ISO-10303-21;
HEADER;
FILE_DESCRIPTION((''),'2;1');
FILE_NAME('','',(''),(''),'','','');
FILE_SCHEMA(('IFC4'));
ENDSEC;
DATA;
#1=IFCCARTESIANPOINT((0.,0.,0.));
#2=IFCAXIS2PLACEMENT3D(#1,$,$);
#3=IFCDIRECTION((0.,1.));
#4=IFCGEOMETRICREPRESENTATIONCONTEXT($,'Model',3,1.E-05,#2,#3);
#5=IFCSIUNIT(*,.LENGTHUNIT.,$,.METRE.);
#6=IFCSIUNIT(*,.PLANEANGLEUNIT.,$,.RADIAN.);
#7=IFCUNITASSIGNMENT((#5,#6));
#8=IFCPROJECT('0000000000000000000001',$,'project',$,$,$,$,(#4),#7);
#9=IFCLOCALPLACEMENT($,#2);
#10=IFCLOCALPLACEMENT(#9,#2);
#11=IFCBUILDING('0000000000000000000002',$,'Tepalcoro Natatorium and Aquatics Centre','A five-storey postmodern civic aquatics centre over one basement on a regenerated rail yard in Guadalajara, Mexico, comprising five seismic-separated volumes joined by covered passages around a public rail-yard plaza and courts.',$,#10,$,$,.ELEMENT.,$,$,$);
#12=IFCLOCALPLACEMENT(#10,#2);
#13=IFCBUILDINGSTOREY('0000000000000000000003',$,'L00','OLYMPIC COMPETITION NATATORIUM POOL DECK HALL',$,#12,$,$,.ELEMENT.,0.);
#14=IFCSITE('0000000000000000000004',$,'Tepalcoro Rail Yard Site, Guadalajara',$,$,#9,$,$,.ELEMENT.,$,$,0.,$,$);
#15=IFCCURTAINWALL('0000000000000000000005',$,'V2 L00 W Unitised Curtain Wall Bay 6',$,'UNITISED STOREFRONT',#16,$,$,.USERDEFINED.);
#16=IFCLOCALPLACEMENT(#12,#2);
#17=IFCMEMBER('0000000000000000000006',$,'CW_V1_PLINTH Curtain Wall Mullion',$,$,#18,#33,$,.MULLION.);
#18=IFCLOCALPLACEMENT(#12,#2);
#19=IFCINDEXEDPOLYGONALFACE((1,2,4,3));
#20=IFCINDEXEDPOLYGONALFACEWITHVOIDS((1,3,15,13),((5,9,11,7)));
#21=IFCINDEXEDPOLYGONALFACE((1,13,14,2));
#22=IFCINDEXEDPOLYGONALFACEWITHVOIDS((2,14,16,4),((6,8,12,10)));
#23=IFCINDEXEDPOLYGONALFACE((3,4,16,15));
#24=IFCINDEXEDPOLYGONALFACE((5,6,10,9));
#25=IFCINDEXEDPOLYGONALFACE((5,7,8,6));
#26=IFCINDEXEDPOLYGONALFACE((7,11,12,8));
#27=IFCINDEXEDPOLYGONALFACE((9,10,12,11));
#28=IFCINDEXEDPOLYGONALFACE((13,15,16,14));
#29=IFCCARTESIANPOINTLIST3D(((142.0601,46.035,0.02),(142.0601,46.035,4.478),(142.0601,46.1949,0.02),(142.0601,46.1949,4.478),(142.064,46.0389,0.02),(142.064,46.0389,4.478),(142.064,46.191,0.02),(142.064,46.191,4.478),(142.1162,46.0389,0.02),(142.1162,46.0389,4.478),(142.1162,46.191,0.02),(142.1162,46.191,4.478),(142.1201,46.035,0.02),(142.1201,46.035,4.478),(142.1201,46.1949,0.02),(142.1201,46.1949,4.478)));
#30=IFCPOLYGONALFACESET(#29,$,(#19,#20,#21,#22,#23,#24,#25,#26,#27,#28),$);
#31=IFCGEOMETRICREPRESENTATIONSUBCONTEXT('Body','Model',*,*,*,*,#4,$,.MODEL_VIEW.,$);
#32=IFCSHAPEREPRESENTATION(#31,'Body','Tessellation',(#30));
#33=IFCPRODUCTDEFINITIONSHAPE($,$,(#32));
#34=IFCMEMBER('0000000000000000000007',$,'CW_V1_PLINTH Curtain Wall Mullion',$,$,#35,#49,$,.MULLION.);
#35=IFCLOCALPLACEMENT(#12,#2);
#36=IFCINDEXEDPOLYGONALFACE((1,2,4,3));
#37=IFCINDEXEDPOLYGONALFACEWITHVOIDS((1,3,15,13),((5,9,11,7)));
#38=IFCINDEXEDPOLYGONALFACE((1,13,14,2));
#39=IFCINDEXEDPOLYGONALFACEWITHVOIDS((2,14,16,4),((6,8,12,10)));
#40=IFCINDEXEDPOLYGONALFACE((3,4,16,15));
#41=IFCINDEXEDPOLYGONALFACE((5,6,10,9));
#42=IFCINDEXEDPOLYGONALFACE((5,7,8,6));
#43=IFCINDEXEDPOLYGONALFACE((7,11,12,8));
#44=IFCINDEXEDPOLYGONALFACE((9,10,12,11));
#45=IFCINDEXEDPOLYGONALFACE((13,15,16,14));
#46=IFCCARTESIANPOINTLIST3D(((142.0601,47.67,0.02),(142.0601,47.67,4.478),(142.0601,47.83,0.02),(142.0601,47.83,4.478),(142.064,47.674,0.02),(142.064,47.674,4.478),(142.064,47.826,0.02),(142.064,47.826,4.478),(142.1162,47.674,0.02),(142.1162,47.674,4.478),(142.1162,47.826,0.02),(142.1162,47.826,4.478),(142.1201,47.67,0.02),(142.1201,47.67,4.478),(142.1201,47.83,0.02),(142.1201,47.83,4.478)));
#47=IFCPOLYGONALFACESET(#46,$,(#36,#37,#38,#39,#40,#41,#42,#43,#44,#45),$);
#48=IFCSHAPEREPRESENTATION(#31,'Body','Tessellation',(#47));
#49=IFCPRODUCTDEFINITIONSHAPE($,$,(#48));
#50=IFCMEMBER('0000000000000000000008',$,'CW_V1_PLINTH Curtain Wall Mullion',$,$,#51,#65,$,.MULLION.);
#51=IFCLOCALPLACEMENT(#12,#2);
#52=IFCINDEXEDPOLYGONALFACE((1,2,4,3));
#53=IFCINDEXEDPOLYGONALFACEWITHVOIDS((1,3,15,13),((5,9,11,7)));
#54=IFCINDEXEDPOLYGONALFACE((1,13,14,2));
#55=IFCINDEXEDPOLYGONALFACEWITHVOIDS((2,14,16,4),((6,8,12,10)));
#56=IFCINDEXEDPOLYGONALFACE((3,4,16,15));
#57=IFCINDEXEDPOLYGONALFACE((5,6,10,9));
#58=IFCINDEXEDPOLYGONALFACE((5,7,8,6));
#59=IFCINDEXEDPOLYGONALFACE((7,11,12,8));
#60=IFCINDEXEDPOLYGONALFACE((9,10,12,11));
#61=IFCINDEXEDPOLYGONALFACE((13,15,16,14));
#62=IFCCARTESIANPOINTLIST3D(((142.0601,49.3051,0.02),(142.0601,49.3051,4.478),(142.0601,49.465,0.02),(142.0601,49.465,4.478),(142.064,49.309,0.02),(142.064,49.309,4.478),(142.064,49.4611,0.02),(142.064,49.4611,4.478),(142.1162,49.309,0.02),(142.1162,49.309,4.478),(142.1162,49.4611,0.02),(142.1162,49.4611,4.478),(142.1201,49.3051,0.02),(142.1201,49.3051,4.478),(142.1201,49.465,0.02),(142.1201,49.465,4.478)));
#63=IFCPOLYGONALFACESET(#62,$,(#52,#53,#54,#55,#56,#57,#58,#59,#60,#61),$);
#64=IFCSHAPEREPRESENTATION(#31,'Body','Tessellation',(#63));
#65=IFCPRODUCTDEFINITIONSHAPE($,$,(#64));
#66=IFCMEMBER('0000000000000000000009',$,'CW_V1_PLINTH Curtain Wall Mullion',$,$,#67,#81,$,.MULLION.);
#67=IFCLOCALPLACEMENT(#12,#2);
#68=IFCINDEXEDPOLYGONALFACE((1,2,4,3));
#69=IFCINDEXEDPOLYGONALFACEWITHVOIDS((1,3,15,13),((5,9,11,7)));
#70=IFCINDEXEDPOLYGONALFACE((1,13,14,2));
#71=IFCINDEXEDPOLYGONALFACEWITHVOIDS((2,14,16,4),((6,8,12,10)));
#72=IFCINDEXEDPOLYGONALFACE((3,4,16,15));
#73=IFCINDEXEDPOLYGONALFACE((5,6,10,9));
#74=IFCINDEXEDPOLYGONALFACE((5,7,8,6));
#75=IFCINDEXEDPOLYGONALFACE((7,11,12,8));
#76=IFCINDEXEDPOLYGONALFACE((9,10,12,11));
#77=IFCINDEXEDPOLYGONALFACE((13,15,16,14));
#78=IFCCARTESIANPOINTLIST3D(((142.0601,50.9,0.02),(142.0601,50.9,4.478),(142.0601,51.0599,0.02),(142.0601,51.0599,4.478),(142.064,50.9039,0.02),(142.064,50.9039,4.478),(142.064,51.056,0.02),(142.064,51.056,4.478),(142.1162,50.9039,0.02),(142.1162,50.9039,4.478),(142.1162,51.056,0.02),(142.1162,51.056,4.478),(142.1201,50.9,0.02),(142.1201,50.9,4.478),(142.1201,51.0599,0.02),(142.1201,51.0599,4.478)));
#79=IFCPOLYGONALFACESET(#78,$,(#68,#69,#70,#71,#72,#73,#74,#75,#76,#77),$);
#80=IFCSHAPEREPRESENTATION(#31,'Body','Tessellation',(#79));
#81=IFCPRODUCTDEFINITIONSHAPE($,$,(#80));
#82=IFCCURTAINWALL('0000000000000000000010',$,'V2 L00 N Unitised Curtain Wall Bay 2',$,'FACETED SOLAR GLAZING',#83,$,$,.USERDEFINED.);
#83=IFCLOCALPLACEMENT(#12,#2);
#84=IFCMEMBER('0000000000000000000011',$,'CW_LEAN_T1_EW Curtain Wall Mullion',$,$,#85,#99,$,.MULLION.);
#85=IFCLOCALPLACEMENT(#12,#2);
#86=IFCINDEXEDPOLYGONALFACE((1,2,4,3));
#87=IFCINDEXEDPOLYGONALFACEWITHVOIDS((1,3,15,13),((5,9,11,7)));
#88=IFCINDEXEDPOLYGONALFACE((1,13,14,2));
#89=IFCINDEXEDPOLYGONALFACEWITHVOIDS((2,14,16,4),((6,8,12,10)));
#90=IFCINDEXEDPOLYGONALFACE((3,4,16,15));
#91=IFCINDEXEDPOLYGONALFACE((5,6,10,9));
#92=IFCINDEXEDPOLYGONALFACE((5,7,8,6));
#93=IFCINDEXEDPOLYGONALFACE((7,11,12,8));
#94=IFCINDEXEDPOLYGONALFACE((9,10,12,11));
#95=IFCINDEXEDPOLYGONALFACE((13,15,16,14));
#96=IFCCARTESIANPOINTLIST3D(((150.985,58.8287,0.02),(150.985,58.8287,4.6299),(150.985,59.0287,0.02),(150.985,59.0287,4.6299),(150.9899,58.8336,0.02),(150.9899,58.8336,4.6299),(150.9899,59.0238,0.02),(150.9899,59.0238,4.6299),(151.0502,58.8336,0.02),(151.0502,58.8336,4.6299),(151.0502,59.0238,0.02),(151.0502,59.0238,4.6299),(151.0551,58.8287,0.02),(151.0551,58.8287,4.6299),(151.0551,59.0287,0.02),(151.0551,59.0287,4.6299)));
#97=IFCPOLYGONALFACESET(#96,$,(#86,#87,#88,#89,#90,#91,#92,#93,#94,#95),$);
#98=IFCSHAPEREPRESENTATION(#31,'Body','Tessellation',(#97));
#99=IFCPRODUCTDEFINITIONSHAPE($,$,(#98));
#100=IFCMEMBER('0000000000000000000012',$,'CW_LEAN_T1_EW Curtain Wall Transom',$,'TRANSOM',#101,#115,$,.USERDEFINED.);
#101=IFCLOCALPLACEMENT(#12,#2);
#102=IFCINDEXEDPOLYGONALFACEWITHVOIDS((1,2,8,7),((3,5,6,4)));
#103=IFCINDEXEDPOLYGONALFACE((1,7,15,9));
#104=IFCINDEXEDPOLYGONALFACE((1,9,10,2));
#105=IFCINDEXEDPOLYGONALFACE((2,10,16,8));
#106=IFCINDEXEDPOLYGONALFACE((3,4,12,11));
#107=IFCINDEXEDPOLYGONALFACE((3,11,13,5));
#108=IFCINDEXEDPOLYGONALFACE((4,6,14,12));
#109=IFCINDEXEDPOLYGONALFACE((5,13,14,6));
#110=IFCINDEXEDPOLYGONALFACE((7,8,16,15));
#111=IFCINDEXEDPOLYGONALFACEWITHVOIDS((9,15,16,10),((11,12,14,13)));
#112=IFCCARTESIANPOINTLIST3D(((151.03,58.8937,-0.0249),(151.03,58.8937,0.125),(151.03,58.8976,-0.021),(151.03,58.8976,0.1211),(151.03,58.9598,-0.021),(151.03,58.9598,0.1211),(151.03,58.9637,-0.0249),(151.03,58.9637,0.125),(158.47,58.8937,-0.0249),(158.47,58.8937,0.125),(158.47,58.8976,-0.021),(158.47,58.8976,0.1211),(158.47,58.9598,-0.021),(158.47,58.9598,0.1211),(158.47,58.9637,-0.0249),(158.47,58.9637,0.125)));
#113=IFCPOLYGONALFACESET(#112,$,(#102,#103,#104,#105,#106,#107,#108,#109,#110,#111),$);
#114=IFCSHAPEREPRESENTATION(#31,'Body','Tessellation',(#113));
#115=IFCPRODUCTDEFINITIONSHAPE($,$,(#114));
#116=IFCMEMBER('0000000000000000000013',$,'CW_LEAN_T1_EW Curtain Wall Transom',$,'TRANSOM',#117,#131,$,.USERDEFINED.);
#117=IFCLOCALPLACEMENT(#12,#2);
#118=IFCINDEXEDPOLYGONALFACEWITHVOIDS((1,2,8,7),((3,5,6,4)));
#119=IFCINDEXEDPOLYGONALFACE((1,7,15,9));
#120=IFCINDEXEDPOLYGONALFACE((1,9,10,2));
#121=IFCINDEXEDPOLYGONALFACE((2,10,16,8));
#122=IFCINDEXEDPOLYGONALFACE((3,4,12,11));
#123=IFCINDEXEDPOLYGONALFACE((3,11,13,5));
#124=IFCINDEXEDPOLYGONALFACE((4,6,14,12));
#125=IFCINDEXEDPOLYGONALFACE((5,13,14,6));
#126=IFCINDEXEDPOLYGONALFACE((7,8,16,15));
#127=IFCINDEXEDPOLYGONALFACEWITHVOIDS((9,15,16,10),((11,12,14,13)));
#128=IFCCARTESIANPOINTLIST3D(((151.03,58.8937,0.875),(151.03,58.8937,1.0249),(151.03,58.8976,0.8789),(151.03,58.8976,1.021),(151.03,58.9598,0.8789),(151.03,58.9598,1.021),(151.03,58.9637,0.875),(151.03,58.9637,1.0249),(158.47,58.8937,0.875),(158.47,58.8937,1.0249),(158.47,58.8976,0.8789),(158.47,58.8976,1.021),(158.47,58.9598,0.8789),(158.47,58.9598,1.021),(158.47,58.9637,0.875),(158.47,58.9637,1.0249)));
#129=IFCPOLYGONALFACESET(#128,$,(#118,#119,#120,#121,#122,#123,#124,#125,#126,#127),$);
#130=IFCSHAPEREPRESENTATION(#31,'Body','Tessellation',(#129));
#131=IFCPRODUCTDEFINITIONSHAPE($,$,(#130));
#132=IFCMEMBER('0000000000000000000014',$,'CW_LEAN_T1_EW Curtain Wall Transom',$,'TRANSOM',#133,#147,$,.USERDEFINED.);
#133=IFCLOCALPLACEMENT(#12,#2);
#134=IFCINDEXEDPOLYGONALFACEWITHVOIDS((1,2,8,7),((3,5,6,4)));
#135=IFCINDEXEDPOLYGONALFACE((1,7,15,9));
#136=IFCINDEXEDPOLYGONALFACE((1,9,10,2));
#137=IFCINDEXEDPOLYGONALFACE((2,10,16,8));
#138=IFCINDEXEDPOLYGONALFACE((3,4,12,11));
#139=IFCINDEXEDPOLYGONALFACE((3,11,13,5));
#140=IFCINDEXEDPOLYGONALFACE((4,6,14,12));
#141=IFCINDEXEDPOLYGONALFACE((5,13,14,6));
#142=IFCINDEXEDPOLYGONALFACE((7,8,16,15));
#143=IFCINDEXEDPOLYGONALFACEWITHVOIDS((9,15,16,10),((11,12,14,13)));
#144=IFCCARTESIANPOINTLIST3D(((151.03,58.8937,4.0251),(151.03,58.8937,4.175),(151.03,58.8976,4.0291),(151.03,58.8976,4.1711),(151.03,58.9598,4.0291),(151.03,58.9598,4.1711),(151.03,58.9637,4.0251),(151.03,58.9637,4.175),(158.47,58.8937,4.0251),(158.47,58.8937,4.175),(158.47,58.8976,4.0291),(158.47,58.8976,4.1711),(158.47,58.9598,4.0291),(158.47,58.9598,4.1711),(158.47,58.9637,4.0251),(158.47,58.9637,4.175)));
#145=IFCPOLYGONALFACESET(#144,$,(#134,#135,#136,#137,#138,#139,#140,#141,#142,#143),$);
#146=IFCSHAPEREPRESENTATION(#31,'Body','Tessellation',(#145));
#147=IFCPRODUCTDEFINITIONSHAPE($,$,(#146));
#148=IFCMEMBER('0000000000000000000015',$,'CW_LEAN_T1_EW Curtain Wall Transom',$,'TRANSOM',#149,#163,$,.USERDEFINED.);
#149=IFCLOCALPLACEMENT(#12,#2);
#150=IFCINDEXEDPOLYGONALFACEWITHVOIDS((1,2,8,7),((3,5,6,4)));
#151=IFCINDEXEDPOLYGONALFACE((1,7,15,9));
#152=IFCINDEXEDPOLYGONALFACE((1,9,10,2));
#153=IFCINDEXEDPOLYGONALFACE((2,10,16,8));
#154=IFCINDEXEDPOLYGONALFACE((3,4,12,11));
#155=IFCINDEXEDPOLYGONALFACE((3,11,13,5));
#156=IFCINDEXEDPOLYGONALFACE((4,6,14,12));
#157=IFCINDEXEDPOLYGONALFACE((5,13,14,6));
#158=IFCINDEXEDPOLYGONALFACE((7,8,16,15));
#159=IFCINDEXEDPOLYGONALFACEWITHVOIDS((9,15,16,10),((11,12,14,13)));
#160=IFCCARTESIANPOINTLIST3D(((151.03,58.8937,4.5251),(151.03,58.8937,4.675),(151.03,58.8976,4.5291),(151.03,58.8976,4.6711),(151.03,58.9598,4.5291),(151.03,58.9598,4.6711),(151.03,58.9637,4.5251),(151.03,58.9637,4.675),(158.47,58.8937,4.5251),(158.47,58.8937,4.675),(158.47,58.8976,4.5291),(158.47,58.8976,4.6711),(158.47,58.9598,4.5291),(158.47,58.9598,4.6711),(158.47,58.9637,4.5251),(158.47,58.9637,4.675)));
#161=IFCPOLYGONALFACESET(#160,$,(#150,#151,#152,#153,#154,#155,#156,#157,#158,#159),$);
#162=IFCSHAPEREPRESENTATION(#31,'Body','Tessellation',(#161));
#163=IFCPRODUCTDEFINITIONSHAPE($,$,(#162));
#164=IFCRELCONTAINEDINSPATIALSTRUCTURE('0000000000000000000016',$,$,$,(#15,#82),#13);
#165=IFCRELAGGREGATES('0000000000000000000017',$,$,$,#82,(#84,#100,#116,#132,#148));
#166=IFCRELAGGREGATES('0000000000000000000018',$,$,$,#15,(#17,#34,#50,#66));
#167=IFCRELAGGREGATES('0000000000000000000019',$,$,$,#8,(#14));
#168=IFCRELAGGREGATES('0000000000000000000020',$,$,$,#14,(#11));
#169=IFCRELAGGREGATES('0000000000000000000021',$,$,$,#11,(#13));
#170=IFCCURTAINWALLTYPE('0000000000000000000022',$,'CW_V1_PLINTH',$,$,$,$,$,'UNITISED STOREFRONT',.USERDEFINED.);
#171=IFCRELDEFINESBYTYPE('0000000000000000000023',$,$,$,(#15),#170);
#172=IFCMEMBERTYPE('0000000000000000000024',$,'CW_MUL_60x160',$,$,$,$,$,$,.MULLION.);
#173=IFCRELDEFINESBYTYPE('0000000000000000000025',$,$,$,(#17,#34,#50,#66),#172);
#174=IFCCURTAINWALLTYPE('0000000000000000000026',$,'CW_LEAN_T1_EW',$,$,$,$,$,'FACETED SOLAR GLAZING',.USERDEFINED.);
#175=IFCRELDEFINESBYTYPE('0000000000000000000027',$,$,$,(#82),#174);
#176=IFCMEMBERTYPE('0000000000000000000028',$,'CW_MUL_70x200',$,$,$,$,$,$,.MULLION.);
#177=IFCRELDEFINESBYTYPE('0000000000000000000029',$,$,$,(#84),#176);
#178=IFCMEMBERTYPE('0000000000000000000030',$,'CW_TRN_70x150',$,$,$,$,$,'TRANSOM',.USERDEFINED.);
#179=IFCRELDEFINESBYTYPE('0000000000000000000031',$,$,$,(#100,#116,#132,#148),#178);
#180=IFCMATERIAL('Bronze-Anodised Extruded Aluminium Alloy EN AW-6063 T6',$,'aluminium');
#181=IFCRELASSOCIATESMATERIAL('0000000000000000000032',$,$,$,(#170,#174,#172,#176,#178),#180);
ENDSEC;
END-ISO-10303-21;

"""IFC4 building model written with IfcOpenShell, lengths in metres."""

from ifc_helpers import new_model, si_unit, direction, frame, origin, origin_2d, place, context, subcontext, project, spatial, hollow_rectangle, extrude, material, material_profile, profile_set, type_object, element, aggregate, save


model = new_model("IFC4")

# Units and contexts
model_context = context("Model", 3, precision=1e-05, world=origin(), true_north=direction((0.0, 1.0)))
body_context = subcontext(model_context, "Body", "Model", "MODEL_VIEW")
ifc_project = project(units=[si_unit("LENGTHUNIT", "METRE"), si_unit("PLANEANGLEUNIT", "RADIAN")], contexts=[model_context])

# Site, building, storey
site_placement = place(None, origin())
site = spatial("IfcSite", under=ifc_project, at=site_placement, Name="Tepalcoro Rail Yard Site, Guadalajara", CompositionType="ELEMENT", RefElevation=0.0)
building_placement = place(site_placement, origin())
building = spatial("IfcBuilding", under=site, at=building_placement, Name="Tepalcoro Natatorium and Aquatics Centre", Description="A five-storey postmodern civic aquatics centre over one basement on a regenerated rail yard in Guadalajara, Mexico, comprising five seismic-separated volumes joined by covered passages around a public rail-yard plaza and courts.", CompositionType="ELEMENT")
storey_placement = place(building_placement, origin())
storey = spatial("IfcBuildingStorey", under=building, at=storey_placement, Name="L00", Description="OLYMPIC COMPETITION NATATORIUM POOL DECK HALL", CompositionType="ELEMENT", Elevation=0.0)

# Curtain walls, members
ifc_material_1 = material(Name="Bronze-Anodised Extruded Aluminium Alloy EN AW-6063 T6", Category="aluminium")
curtain_wall_type_1 = type_object("IfcCurtainWallType", Name="CW_V1_PLINTH", ElementType="UNITISED STOREFRONT", PredefinedType="USERDEFINED", material=ifc_material_1)
curtain_wall_1_placement = place(storey_placement, origin())
curtain_wall_1 = element("IfcCurtainWall", 1, at=curtain_wall_1_placement, inside=storey, type_object=curtain_wall_type_1, Name="V2 L00 W Unitised Curtain Wall Bay 6", ObjectType="UNITISED STOREFRONT", PredefinedType="USERDEFINED")
ifc_material_profile_1 = material_profile(ifc_material_1, hollow_rectangle(XDim=0.0601, YDim=0.1599, WallThickness=0.0039, at=origin_2d()), Name="AL60X160X4")
ifc_profile_set_1 = profile_set([ifc_material_profile_1], Name="Bronze-Anodised Extruded Aluminium Alloy EN AW-6063 T6")
member_type_1 = type_object("IfcMemberType", Name="CW_MUL_60x160", PredefinedType="MULLION", material=ifc_profile_set_1)
member_1_placement = place(storey_placement, frame((142.0901, 46.115, 0.02), z_axis=(0.0, 0.0, 1.0), x_axis=(1.0, 0.0, 0.0)))
member_1 = element("IfcMember", 2, at=member_1_placement, type_object=member_type_1, Name="CW_V1_PLINTH Curtain Wall Mullion", PredefinedType="MULLION", context=body_context, shape_type="SweptSolid", body=[
    extrude(hollow_rectangle(XDim=0.0601, YDim=0.1599, WallThickness=0.0039, at=origin_2d()), origin(), (0.0, 0.0, 1.0), 4.458),
])
member_2_placement = place(storey_placement, frame((142.0901, 47.75, 0.02), z_axis=(0.0, 0.0, 1.0), x_axis=(1.0, 0.0, 0.0)))
member_2 = element("IfcMember", 3, at=member_2_placement, type_object=member_type_1, Name="CW_V1_PLINTH Curtain Wall Mullion", PredefinedType="MULLION", context=body_context, shape_type="SweptSolid", body=[
    extrude(hollow_rectangle(XDim=0.0601, YDim=0.1599, WallThickness=0.0039, at=origin_2d()), origin(), (0.0, 0.0, 1.0), 4.458),
])
member_3_placement = place(storey_placement, frame((142.0901, 49.385, 0.02), z_axis=(0.0, 0.0, 1.0), x_axis=(1.0, 0.0, 0.0)))
member_3 = element("IfcMember", 4, at=member_3_placement, type_object=member_type_1, Name="CW_V1_PLINTH Curtain Wall Mullion", PredefinedType="MULLION", context=body_context, shape_type="SweptSolid", body=[
    extrude(hollow_rectangle(XDim=0.0601, YDim=0.1599, WallThickness=0.0039, at=origin_2d()), origin(), (0.0, 0.0, 1.0), 4.458),
])
member_4_placement = place(storey_placement, frame((142.0901, 50.98, 0.02), z_axis=(0.0, 0.0, 1.0), x_axis=(1.0, 0.0, 0.0)))
member_4 = element("IfcMember", 5, at=member_4_placement, type_object=member_type_1, Name="CW_V1_PLINTH Curtain Wall Mullion", PredefinedType="MULLION", context=body_context, shape_type="SweptSolid", body=[
    extrude(hollow_rectangle(XDim=0.0601, YDim=0.1599, WallThickness=0.0039, at=origin_2d()), origin(), (0.0, 0.0, 1.0), 4.458),
])
curtain_wall_type_2 = type_object("IfcCurtainWallType", Name="CW_LEAN_T1_EW", ElementType="FACETED SOLAR GLAZING", PredefinedType="USERDEFINED", material=ifc_material_1)
curtain_wall_2_placement = place(storey_placement, origin())
curtain_wall_2 = element("IfcCurtainWall", 6, at=curtain_wall_2_placement, inside=storey, type_object=curtain_wall_type_2, Name="V2 L00 N Unitised Curtain Wall Bay 2", ObjectType="FACETED SOLAR GLAZING", PredefinedType="USERDEFINED")
ifc_material_profile_2 = material_profile(ifc_material_1, hollow_rectangle(XDim=0.0701, YDim=0.2, WallThickness=0.0049, at=origin_2d()), Name="AL70X200X5")
ifc_profile_set_2 = profile_set([ifc_material_profile_2], Name="Bronze-Anodised Extruded Aluminium Alloy EN AW-6063 T6")
member_type_2 = type_object("IfcMemberType", Name="CW_MUL_70x200", PredefinedType="MULLION", material=ifc_profile_set_2)
member_5_placement = place(storey_placement, frame((151.02, 58.9287, 0.02), z_axis=(0.0, 0.0, 1.0), x_axis=(1.0, 0.0, 0.0)))
member_5 = element("IfcMember", 7, at=member_5_placement, type_object=member_type_2, Name="CW_LEAN_T1_EW Curtain Wall Mullion", PredefinedType="MULLION", context=body_context, shape_type="SweptSolid", body=[
    extrude(hollow_rectangle(XDim=0.0701, YDim=0.2, WallThickness=0.0049, at=origin_2d()), origin(), (0.0, 0.0, 1.0), 4.6099),
])
ifc_material_profile_3 = material_profile(ifc_material_1, hollow_rectangle(XDim=0.0701, YDim=0.1499, WallThickness=0.0039, at=origin_2d()), Name="AL70X150X4")
ifc_profile_set_3 = profile_set([ifc_material_profile_3], Name="Bronze-Anodised Extruded Aluminium Alloy EN AW-6063 T6")
member_type_3 = type_object("IfcMemberType", Name="CW_TRN_70x150", ElementType="TRANSOM", PredefinedType="USERDEFINED", material=ifc_profile_set_3)
member_6_placement = place(storey_placement, frame((151.03, 58.9287, 0.05), z_axis=(1.0, 0.0, 0.0), x_axis=(0.0, 1.0, 0.0)))
member_6 = element("IfcMember", 8, at=member_6_placement, type_object=member_type_3, Name="CW_LEAN_T1_EW Curtain Wall Transom", ObjectType="TRANSOM", PredefinedType="USERDEFINED", context=body_context, shape_type="SweptSolid", body=[
    extrude(hollow_rectangle(XDim=0.0701, YDim=0.1499, WallThickness=0.0039, at=origin_2d()), origin(), (0.0, 0.0, 1.0), 7.4399),
])
member_7_placement = place(storey_placement, frame((151.03, 58.9287, 0.95), z_axis=(1.0, 0.0, 0.0), x_axis=(0.0, 1.0, 0.0)))
member_7 = element("IfcMember", 9, at=member_7_placement, type_object=member_type_3, Name="CW_LEAN_T1_EW Curtain Wall Transom", ObjectType="TRANSOM", PredefinedType="USERDEFINED", context=body_context, shape_type="SweptSolid", body=[
    extrude(hollow_rectangle(XDim=0.0701, YDim=0.1499, WallThickness=0.0039, at=origin_2d()), origin(), (0.0, 0.0, 1.0), 7.4399),
])
member_8_placement = place(storey_placement, frame((151.03, 58.9287, 4.1001), z_axis=(1.0, 0.0, 0.0), x_axis=(0.0, 1.0, 0.0)))
member_8 = element("IfcMember", 10, at=member_8_placement, type_object=member_type_3, Name="CW_LEAN_T1_EW Curtain Wall Transom", ObjectType="TRANSOM", PredefinedType="USERDEFINED", context=body_context, shape_type="SweptSolid", body=[
    extrude(hollow_rectangle(XDim=0.0701, YDim=0.1499, WallThickness=0.0039, at=origin_2d()), origin(), (0.0, 0.0, 1.0), 7.4399),
])
member_9_placement = place(storey_placement, frame((151.03, 58.9287, 4.6001), z_axis=(1.0, 0.0, 0.0), x_axis=(0.0, 1.0, 0.0)))
member_9 = element("IfcMember", 11, at=member_9_placement, type_object=member_type_3, Name="CW_LEAN_T1_EW Curtain Wall Transom", ObjectType="TRANSOM", PredefinedType="USERDEFINED", context=body_context, shape_type="SweptSolid", body=[
    extrude(hollow_rectangle(XDim=0.0701, YDim=0.1499, WallThickness=0.0039, at=origin_2d()), origin(), (0.0, 0.0, 1.0), 7.4399),
])

aggregate(curtain_wall_2, [member_5, member_6, member_7, member_8, member_9])
aggregate(curtain_wall_1, [member_1, member_2, member_3, member_4])

save(model, "model.ifc")
